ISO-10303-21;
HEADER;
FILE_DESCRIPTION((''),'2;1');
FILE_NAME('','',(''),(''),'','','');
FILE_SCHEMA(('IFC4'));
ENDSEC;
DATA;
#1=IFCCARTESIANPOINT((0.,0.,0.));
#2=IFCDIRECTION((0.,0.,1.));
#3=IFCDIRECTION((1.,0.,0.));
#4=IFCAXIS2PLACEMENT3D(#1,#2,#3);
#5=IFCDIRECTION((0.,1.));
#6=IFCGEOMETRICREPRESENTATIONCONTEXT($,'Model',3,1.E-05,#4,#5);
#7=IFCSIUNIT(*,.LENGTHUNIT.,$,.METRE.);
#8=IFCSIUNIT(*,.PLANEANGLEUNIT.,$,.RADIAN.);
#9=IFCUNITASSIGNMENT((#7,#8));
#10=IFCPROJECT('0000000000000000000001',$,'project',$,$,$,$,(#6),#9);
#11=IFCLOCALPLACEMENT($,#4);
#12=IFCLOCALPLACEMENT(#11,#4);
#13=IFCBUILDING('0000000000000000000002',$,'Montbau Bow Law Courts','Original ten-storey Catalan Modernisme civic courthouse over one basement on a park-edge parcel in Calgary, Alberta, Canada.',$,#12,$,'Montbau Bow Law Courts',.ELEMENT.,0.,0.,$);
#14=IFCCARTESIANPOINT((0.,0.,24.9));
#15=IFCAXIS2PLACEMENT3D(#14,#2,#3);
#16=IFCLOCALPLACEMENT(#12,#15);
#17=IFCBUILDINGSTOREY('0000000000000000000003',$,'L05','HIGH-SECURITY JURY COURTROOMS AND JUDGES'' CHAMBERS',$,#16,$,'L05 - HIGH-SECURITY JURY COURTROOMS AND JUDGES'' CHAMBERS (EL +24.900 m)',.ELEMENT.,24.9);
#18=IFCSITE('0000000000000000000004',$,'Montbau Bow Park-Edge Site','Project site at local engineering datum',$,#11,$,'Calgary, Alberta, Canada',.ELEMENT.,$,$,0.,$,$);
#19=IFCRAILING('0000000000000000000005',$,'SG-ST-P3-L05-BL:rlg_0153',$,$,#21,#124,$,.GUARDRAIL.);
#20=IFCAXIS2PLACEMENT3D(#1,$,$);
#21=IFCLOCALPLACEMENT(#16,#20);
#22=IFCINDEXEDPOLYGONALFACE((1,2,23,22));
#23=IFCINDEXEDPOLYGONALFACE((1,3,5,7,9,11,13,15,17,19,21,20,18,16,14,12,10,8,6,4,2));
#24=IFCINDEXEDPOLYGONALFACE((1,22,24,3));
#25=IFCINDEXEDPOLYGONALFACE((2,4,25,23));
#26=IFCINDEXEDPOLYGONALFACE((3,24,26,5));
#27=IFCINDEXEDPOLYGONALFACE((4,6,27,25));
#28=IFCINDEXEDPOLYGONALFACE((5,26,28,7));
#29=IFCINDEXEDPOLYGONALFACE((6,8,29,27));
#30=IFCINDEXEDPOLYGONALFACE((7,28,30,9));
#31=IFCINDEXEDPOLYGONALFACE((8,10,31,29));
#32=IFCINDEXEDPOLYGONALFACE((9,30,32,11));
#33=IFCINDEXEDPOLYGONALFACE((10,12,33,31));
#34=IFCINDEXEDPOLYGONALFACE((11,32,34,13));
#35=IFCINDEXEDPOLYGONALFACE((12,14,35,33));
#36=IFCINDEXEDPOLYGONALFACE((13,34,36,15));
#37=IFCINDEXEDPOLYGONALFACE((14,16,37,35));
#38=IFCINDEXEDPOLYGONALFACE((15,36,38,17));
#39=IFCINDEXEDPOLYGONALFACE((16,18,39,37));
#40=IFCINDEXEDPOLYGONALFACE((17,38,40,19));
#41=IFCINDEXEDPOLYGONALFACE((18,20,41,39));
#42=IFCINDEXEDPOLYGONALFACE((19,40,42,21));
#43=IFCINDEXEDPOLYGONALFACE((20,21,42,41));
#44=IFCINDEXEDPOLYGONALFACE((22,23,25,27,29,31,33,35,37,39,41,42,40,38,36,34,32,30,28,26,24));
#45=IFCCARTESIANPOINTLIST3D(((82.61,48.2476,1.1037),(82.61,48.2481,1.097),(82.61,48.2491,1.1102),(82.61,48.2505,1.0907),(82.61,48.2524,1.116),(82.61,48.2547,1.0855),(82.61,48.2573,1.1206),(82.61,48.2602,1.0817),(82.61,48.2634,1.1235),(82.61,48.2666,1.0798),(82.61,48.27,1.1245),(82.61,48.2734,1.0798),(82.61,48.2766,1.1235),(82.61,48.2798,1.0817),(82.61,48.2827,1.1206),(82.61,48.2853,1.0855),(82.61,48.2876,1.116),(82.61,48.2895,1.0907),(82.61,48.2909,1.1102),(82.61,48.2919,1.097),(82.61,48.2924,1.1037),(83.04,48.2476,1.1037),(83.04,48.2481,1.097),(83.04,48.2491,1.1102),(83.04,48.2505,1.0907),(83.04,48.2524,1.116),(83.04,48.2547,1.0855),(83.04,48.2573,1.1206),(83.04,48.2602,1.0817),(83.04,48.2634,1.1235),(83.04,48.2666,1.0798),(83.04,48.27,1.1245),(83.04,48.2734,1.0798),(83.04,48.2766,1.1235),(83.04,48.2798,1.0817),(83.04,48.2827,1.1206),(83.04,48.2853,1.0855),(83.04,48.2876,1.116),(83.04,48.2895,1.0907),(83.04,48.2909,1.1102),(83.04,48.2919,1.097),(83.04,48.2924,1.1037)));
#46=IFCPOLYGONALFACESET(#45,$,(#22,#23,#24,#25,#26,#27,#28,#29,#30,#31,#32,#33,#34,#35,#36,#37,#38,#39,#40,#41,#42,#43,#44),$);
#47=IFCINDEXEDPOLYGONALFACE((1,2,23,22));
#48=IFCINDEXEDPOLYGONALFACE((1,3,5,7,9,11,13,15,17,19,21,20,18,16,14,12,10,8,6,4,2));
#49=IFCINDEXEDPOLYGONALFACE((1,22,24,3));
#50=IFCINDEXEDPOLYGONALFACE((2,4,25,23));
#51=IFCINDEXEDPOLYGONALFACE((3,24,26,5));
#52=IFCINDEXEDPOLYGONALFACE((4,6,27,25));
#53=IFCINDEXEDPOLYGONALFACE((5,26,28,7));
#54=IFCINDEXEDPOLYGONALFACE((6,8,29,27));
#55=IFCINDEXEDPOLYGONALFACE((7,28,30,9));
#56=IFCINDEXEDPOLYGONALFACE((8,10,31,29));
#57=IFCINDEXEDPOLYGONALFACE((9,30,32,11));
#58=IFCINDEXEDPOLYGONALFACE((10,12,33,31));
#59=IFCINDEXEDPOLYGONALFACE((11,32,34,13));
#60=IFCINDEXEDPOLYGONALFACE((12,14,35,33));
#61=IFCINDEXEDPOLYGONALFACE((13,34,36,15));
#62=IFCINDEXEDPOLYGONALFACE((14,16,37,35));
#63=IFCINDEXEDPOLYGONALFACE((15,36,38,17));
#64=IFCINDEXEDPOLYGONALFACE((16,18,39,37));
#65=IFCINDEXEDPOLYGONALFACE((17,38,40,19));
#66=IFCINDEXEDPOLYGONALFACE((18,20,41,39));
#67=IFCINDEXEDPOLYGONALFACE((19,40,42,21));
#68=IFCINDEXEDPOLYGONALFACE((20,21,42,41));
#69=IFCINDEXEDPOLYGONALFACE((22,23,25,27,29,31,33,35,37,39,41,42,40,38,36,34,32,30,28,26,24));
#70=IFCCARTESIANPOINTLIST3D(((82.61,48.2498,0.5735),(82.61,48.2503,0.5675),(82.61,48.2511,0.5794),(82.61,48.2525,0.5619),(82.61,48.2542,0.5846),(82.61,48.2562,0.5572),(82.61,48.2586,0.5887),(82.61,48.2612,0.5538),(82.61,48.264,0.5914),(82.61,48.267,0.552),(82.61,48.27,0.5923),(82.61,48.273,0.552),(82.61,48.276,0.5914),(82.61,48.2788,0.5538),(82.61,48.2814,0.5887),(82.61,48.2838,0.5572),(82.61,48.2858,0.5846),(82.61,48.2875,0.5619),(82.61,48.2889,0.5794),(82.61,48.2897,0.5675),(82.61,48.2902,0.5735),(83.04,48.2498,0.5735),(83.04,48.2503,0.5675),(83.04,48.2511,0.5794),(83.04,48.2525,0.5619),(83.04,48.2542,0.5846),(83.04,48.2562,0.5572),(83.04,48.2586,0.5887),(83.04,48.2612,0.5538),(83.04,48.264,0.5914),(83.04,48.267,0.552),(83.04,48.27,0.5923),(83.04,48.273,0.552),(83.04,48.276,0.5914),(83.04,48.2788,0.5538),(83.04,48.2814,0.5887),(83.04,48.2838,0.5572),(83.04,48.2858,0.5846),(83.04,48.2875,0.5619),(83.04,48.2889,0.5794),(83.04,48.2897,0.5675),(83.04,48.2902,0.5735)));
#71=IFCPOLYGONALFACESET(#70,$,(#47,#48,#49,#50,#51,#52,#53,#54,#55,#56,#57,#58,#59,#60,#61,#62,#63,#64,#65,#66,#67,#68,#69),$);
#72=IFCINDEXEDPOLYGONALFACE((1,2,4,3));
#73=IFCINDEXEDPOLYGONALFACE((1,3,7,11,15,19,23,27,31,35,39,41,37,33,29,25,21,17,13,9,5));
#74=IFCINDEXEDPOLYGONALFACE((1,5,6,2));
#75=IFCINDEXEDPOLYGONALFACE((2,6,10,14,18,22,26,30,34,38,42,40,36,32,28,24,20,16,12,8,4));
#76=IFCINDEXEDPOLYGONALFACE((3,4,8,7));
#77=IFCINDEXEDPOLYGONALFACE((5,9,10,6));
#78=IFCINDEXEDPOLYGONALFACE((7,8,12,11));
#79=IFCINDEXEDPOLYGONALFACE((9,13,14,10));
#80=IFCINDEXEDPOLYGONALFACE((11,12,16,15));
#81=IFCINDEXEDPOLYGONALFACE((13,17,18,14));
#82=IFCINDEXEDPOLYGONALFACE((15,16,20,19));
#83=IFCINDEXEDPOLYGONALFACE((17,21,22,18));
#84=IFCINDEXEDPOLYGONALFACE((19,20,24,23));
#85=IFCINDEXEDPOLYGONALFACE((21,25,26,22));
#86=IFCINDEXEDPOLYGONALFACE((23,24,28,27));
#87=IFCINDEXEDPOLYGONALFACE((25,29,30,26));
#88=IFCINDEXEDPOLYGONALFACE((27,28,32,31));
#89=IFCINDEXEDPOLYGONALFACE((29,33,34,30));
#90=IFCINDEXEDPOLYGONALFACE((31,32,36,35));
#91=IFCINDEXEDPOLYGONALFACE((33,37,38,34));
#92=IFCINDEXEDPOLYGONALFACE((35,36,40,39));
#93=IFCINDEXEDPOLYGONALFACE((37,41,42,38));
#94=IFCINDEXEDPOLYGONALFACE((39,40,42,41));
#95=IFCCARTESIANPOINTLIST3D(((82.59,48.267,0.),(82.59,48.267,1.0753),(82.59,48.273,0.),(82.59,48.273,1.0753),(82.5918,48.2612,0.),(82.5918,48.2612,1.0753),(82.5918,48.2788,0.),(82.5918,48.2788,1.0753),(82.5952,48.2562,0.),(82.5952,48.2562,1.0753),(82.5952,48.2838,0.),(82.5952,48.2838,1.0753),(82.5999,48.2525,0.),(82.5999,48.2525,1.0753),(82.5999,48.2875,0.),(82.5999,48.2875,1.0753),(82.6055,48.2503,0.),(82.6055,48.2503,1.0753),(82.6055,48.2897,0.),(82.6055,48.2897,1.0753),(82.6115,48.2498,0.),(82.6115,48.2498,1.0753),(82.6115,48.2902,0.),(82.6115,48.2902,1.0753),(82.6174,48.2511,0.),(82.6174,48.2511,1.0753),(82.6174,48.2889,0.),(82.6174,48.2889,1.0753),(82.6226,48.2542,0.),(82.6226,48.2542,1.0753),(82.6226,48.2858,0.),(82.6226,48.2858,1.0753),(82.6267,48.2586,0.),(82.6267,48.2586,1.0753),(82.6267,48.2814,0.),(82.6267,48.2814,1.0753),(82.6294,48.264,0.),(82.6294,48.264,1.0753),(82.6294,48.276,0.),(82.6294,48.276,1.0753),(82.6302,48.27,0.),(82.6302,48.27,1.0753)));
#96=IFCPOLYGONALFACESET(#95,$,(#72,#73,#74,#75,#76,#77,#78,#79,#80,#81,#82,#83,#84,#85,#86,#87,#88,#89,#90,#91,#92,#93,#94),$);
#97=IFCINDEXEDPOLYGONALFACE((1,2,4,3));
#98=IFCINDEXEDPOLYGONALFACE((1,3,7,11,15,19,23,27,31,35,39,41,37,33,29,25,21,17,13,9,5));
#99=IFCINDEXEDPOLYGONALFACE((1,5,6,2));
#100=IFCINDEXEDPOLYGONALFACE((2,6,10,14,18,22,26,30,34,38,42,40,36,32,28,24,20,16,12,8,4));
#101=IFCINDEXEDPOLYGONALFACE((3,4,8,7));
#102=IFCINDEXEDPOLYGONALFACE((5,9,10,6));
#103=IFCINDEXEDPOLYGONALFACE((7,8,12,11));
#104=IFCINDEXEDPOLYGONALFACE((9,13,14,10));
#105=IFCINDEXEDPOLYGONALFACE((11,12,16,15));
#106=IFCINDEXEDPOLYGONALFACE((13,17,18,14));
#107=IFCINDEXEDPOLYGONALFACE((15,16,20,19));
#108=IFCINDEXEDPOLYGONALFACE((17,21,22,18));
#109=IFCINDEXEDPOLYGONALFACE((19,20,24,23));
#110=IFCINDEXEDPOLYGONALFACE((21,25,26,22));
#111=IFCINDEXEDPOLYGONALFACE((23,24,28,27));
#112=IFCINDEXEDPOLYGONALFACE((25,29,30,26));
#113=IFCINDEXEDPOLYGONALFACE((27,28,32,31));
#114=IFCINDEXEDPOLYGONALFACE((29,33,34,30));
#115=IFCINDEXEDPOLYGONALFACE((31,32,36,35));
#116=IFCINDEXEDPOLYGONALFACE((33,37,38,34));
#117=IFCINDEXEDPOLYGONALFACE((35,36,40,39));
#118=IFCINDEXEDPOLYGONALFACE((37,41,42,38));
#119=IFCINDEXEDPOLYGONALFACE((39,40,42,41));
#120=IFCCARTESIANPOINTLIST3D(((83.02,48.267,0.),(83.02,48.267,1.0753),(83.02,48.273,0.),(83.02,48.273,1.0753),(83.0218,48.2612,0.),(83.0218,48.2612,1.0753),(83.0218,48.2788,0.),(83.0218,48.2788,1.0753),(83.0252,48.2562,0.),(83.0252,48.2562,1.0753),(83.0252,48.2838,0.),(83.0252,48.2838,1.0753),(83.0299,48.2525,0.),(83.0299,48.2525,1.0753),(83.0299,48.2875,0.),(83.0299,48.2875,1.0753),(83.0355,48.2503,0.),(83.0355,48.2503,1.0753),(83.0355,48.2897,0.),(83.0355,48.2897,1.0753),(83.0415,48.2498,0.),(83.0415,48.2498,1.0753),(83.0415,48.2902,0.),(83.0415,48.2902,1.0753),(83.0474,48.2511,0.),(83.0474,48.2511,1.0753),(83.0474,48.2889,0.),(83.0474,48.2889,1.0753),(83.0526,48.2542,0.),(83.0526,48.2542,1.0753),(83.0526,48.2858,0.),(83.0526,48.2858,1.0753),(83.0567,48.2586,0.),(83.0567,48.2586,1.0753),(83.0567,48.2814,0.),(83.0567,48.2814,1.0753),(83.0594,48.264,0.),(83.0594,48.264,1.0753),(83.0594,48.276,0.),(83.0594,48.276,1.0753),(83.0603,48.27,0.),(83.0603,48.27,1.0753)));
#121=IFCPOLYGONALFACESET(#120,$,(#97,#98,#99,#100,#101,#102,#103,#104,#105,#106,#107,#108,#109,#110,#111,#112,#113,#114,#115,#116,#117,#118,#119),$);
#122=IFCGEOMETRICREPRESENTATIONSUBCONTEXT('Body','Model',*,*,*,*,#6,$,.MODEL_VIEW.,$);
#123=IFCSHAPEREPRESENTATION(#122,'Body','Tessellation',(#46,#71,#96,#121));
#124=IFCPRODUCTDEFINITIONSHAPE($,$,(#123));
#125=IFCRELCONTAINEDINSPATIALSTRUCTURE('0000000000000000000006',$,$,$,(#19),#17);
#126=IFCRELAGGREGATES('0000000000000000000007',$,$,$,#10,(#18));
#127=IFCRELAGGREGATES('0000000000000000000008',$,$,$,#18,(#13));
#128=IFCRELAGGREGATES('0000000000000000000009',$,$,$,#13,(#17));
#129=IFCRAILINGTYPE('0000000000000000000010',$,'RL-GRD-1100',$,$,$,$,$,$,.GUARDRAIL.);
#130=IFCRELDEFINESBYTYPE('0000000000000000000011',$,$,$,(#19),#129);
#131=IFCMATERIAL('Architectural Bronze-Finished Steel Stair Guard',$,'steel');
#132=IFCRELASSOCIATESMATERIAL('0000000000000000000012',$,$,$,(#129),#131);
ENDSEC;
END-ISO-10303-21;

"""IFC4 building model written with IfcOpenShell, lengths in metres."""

from ifc_helpers import new_model, si_unit, direction, frame, origin_with_axes, origin_2d_with_axis, place, context, subcontext, project, spatial, circle, extrude, material, type_object, element, save


model = new_model("IFC4")

# Units and contexts
model_context = context("Model", 3, precision=1e-05, world=origin_with_axes(), true_north=direction((0.0, 1.0)))
body_context = subcontext(model_context, "Body", "Model", "MODEL_VIEW")
ifc_project = project(units=[si_unit("LENGTHUNIT", "METRE"), si_unit("PLANEANGLEUNIT", "RADIAN")], contexts=[model_context])

# Site, building, storey
site_placement = place(None, origin_with_axes())
site = spatial("IfcSite", under=ifc_project, at=site_placement, Name="Montbau Bow Park-Edge Site", Description="Project site at local engineering datum", LongName="Calgary, Alberta, Canada", CompositionType="ELEMENT", RefElevation=0.0)
building_placement = place(site_placement, origin_with_axes())
building = spatial("IfcBuilding", under=site, at=building_placement, Name="Montbau Bow Law Courts", Description="Original ten-storey Catalan Modernisme civic courthouse over one basement on a park-edge parcel in Calgary, Alberta, Canada.", LongName="Montbau Bow Law Courts", CompositionType="ELEMENT", ElevationOfRefHeight=0.0, ElevationOfTerrain=0.0)
storey_placement = place(building_placement, frame((0.0, 0.0, 24.9), z_axis=(0.0, 0.0, 1.0), x_axis=(1.0, 0.0, 0.0)))
storey = spatial("IfcBuildingStorey", under=building, at=storey_placement, Name="L05", Description="HIGH-SECURITY JURY COURTROOMS AND JUDGES' CHAMBERS", LongName="L05 - HIGH-SECURITY JURY COURTROOMS AND JUDGES' CHAMBERS (EL +24.900 m)", CompositionType="ELEMENT", Elevation=24.9)

# Railing
ifc_material_1 = material(Name="Architectural Bronze-Finished Steel Stair Guard", Category="steel")
railing_type_1 = type_object("IfcRailingType", Name="RL-GRD-1100", PredefinedType="GUARDRAIL", material=ifc_material_1)
railing_1_placement = place(None, origin_with_axes())
element("IfcRailing", 1, at=railing_1_placement, inside=storey, type_object=railing_type_1, Name="SG-ST-P3-L05-BL:rlg_0153", PredefinedType="GUARDRAIL", context=body_context, shape_type="SweptSolid", body=[
    extrude(circle(Radius=0.0225, at=origin_2d_with_axis()), frame((82.61, 48.27, 26.002), z_axis=(1.0, 0.0, 0.0), x_axis=(0.0, 0.0, 1.0)), (0.0, 0.0, 1.0), 0.43),
    extrude(circle(Radius=0.0203, at=origin_2d_with_axis()), frame((82.61, 48.27, 25.472), z_axis=(1.0, 0.0, 0.0), x_axis=(0.0, 0.0, 1.0)), (0.0, 0.0, 1.0), 0.43),
    extrude(circle(Radius=0.0203, at=origin_2d_with_axis()), frame((82.61, 48.27, 24.9), z_axis=(0.0, 0.0, 1.0), x_axis=(1.0, 0.0, 0.0)), (0.0, 0.0, 1.0), 1.0753),
    extrude(circle(Radius=0.0203, at=origin_2d_with_axis()), frame((83.04, 48.27, 24.9), z_axis=(0.0, 0.0, 1.0), x_axis=(1.0, 0.0, 0.0)), (0.0, 0.0, 1.0), 1.0753),
])

save(model, "model.ifc")
